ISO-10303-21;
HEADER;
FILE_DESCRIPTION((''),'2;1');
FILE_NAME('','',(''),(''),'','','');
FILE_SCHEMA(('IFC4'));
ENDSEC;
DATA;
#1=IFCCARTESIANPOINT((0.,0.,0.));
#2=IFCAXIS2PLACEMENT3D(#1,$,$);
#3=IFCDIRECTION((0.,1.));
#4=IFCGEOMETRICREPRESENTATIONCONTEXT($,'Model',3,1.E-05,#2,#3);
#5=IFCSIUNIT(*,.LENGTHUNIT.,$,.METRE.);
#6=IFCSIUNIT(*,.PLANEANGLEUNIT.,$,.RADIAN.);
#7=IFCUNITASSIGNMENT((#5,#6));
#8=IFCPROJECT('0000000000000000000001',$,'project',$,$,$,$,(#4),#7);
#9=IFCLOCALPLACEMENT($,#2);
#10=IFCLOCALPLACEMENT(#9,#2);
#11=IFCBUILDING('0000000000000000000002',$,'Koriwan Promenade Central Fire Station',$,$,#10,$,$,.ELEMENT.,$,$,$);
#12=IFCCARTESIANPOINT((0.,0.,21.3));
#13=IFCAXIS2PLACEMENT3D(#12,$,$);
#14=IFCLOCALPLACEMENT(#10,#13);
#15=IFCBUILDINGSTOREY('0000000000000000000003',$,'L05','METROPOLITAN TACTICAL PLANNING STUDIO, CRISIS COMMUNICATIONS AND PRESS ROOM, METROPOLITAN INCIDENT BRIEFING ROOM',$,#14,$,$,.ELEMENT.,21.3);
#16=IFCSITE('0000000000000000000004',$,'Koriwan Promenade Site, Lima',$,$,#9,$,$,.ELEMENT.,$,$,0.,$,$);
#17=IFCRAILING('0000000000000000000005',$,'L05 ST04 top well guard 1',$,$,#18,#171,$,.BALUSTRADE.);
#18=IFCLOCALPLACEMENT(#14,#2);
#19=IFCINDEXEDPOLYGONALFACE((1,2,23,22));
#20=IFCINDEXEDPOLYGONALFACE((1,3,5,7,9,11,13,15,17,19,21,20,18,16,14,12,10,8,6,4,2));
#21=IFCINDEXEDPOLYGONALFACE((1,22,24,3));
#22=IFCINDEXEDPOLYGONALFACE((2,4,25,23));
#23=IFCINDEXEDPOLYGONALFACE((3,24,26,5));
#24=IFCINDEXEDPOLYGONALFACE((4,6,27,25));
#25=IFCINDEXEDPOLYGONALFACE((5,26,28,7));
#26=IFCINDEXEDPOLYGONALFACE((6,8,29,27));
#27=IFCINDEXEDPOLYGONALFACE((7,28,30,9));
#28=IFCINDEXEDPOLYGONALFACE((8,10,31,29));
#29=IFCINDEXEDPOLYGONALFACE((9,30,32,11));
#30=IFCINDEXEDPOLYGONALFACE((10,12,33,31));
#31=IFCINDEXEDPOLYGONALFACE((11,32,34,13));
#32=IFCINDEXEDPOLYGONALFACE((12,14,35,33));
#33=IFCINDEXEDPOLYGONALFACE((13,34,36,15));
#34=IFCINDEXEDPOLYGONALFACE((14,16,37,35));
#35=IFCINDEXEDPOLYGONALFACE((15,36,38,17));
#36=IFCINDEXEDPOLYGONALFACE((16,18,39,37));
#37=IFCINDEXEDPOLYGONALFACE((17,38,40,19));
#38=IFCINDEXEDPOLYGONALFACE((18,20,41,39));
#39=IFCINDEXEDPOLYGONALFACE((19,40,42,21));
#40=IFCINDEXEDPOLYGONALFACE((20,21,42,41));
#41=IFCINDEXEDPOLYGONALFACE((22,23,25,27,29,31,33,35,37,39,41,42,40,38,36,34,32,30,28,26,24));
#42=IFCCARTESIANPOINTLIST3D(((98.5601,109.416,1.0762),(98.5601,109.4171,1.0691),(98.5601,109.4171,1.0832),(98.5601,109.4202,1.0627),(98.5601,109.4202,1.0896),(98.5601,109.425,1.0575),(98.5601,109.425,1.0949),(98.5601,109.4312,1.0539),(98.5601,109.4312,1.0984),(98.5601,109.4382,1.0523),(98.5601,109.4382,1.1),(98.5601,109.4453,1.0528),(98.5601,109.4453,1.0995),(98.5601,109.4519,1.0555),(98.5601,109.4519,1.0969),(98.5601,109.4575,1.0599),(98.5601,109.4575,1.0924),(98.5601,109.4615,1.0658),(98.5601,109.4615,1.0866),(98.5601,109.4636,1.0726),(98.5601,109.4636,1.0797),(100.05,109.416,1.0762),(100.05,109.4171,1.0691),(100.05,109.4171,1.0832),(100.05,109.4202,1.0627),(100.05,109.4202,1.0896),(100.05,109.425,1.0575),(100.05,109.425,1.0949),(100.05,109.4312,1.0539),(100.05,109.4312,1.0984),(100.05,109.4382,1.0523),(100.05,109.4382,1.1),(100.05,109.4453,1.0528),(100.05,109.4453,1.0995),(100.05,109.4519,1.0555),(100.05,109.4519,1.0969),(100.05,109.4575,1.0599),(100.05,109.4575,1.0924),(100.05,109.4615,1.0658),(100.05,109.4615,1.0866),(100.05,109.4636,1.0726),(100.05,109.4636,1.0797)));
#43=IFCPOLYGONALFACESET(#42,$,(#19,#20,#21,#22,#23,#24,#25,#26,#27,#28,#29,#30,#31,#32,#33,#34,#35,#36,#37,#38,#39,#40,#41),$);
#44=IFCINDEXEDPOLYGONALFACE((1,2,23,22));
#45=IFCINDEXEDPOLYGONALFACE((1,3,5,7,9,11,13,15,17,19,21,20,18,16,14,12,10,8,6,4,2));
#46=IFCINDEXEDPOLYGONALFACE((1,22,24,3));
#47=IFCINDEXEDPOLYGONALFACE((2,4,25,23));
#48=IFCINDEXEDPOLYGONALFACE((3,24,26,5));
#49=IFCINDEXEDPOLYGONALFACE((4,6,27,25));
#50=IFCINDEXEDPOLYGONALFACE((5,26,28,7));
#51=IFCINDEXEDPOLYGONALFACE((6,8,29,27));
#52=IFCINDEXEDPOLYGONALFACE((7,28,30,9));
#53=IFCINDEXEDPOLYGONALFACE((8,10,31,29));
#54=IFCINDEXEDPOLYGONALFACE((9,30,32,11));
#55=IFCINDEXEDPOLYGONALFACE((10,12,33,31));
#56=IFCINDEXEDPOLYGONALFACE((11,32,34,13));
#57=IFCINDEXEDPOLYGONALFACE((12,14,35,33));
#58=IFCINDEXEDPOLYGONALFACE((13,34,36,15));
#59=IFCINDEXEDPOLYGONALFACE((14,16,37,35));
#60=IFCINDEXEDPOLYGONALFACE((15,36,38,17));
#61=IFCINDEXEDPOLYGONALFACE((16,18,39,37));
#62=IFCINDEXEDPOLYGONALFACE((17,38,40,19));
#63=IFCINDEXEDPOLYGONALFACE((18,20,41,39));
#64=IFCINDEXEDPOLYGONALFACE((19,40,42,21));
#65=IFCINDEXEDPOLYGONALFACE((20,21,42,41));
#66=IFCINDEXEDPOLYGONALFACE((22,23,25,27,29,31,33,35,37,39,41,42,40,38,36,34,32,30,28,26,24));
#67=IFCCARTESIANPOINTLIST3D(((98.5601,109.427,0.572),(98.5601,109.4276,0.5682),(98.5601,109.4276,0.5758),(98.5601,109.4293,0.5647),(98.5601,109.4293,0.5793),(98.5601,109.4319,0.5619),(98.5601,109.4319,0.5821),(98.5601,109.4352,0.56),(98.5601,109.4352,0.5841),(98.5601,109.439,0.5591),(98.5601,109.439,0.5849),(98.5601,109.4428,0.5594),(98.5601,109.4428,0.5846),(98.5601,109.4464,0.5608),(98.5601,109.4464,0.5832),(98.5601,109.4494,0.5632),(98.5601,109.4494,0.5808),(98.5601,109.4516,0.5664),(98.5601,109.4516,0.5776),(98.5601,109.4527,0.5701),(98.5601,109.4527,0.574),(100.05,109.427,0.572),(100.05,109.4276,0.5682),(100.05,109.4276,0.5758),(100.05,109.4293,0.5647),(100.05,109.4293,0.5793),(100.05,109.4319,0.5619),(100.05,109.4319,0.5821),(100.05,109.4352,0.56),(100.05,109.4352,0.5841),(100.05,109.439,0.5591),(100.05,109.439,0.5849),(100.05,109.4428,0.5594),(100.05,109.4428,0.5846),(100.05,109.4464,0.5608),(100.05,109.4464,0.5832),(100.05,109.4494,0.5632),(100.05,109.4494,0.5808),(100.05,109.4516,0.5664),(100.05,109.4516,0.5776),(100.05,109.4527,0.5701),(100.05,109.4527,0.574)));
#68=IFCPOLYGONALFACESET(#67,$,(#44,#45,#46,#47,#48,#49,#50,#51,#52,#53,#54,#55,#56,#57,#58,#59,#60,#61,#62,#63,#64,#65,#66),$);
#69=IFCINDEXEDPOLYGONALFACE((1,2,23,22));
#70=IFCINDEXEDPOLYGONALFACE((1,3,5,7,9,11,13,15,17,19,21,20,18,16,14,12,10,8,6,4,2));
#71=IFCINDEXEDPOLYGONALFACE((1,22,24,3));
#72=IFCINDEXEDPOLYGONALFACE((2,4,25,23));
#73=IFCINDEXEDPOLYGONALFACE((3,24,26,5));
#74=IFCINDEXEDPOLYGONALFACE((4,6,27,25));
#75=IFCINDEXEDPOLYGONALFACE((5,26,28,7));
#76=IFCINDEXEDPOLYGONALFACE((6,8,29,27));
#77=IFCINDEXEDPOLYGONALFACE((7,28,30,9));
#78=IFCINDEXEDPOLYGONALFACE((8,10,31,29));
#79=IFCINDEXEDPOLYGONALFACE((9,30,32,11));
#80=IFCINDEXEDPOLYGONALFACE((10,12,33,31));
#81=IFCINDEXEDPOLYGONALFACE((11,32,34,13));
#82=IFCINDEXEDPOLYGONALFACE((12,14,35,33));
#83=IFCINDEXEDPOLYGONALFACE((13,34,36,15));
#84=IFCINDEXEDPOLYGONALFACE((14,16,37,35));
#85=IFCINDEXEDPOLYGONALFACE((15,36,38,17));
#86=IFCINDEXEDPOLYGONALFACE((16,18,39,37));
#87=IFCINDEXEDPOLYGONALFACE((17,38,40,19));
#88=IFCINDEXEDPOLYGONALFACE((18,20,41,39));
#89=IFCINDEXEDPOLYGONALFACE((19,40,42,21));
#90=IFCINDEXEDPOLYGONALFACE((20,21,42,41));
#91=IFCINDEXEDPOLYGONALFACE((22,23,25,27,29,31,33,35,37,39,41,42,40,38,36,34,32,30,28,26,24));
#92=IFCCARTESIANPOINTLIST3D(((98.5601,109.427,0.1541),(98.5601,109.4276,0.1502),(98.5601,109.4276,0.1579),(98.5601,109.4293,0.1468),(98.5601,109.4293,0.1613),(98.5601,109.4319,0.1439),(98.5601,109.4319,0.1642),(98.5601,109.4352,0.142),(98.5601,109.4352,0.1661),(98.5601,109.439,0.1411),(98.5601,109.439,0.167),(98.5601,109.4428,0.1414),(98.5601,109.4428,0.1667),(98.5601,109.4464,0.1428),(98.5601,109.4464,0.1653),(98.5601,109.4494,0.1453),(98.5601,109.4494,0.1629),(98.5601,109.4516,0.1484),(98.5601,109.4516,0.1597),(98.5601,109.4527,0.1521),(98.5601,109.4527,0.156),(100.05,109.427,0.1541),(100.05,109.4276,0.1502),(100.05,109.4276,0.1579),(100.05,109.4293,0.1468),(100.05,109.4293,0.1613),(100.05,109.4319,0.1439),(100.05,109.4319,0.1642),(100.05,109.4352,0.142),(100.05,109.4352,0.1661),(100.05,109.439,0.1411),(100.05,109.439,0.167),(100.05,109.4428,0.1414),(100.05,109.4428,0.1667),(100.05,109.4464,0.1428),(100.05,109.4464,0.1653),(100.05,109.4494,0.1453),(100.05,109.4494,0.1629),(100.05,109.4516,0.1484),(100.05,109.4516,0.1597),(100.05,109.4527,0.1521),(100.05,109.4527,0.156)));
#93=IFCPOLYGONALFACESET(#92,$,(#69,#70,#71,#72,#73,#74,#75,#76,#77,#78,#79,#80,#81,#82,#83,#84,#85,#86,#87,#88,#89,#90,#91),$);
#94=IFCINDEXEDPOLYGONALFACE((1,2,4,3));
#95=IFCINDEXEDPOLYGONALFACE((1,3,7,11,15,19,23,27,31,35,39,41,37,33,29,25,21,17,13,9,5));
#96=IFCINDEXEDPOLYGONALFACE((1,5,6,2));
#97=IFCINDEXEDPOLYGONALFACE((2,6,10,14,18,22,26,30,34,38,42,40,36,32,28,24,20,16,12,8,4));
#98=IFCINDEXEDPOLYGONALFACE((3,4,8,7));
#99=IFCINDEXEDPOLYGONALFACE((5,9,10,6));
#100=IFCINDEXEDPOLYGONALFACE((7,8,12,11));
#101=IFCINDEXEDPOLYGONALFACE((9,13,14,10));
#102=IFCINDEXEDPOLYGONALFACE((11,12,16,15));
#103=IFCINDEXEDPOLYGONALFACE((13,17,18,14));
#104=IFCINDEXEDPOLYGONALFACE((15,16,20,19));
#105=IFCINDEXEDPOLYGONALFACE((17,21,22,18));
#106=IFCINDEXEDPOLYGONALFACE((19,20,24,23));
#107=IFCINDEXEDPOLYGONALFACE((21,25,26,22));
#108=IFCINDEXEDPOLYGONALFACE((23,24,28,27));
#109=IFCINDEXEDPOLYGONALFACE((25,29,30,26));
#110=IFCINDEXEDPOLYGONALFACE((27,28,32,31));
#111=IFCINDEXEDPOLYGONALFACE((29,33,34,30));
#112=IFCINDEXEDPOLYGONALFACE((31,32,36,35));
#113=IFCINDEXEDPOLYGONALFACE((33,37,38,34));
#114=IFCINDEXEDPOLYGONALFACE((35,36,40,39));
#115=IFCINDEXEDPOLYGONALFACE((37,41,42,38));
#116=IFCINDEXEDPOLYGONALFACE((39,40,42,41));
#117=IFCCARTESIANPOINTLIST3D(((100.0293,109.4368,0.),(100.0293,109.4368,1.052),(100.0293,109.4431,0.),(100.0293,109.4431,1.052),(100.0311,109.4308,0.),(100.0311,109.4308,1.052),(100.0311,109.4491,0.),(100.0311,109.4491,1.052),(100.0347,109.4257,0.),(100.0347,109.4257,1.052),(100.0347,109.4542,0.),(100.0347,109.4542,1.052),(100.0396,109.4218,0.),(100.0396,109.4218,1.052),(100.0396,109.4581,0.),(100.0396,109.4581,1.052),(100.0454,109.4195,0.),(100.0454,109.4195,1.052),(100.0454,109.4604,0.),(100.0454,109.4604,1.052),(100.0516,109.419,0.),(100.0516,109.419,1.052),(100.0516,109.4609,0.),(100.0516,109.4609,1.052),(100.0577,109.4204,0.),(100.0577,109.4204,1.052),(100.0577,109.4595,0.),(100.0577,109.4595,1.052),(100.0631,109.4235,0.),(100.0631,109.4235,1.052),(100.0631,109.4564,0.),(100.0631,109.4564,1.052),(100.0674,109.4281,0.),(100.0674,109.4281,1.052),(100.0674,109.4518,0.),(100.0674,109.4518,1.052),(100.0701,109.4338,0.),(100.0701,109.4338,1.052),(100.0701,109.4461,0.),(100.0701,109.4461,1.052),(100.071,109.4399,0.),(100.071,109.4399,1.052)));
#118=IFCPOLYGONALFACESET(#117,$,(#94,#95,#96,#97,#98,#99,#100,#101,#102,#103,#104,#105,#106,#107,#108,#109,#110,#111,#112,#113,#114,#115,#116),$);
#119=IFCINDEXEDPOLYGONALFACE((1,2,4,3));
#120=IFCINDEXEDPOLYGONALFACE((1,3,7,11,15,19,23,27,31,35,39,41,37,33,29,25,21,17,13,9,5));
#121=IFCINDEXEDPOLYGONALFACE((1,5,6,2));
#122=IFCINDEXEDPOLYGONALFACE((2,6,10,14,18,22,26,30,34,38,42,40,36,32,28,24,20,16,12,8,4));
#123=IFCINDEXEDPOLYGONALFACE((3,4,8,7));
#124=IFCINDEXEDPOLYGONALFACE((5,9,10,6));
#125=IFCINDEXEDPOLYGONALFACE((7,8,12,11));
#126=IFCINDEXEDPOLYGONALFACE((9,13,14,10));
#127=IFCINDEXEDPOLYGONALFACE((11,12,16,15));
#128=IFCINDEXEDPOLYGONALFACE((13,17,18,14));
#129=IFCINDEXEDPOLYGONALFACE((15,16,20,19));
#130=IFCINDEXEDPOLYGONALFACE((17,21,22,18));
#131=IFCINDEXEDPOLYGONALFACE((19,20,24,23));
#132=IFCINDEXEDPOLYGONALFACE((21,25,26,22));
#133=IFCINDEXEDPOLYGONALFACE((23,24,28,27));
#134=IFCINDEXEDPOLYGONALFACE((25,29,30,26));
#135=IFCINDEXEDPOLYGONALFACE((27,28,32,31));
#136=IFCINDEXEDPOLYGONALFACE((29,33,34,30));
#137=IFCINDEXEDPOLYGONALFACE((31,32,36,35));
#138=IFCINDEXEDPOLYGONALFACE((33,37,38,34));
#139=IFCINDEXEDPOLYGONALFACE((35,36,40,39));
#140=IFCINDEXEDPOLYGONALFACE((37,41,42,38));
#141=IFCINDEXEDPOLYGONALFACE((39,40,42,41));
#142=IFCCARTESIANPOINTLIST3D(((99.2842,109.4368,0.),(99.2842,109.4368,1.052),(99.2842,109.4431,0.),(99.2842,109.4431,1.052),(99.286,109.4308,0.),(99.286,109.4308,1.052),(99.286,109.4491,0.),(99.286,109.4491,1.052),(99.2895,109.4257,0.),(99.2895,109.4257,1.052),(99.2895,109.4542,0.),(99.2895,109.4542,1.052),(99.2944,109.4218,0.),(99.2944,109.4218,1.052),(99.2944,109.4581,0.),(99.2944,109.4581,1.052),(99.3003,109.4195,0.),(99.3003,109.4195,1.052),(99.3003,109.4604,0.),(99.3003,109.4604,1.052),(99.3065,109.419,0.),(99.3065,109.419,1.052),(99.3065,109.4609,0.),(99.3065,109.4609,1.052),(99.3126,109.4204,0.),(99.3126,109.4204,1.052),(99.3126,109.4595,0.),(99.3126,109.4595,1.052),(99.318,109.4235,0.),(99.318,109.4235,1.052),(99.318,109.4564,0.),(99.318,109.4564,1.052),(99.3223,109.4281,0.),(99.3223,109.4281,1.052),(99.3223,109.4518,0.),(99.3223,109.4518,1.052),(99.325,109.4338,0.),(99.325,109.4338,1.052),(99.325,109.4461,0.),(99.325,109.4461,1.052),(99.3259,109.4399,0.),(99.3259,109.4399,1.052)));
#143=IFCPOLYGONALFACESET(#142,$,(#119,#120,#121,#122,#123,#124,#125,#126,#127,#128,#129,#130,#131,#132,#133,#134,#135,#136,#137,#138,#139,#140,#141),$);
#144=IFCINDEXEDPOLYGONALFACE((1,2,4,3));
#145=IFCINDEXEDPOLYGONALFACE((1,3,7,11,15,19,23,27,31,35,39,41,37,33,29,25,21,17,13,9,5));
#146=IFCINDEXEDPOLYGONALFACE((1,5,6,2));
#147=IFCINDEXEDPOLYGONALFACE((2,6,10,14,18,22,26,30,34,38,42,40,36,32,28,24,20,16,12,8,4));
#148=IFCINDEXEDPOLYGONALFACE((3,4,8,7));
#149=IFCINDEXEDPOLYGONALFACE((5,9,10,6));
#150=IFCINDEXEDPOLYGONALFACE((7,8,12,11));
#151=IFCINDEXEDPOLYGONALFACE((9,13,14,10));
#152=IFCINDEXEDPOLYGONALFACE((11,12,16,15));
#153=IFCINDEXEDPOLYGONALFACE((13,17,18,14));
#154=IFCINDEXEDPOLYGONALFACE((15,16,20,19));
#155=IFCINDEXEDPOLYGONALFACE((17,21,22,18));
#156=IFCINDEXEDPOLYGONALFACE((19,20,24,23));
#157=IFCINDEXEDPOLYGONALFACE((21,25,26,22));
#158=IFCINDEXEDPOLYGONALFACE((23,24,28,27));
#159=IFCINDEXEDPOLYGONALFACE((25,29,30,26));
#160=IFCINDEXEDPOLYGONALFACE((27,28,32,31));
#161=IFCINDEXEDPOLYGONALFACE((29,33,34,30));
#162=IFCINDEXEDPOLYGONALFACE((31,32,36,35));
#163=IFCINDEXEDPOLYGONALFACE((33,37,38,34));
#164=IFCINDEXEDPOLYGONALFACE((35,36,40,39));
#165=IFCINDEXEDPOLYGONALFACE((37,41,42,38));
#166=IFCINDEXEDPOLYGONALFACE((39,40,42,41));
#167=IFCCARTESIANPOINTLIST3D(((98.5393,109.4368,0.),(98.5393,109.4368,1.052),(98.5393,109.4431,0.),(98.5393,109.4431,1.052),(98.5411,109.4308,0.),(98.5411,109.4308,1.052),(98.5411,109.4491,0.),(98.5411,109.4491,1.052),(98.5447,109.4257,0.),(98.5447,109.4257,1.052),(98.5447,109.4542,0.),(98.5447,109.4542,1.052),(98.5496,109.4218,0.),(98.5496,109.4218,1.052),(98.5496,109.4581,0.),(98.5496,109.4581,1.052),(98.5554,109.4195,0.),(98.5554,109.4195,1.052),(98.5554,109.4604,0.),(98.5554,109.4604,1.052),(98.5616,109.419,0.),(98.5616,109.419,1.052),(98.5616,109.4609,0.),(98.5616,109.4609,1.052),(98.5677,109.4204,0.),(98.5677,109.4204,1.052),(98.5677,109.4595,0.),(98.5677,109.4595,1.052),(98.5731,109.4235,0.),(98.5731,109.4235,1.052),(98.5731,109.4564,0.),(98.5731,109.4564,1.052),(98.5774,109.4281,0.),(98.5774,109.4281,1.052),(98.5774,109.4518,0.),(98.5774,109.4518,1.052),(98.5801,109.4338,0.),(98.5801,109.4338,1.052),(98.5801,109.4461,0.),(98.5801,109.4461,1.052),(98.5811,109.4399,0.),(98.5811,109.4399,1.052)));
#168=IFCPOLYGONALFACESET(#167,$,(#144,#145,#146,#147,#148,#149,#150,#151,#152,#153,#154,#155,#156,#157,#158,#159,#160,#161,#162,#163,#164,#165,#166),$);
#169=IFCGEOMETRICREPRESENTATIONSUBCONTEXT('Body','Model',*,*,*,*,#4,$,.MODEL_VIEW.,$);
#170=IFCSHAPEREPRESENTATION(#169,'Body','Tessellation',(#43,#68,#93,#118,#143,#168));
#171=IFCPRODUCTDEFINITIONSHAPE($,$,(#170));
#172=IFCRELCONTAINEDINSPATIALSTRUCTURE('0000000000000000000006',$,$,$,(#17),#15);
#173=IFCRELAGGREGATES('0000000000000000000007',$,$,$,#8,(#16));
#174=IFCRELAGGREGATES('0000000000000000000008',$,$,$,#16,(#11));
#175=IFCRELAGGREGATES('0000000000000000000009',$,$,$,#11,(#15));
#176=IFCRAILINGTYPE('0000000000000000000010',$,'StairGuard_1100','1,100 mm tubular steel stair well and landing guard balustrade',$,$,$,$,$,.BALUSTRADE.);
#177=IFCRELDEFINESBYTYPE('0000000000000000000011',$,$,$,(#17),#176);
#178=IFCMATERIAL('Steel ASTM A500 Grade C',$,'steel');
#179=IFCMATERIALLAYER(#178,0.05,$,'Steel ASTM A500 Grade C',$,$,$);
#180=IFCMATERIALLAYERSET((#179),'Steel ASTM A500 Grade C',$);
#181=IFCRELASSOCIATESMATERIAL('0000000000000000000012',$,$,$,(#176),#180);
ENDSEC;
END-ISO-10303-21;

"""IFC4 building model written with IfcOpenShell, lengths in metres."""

from ifc_helpers import new_model, si_unit, direction, frame, origin, origin_2d, place, context, subcontext, project, spatial, circle, extrude, material, layer, layer_set, type_object, element, save


model = new_model("IFC4")

# Units and contexts
model_context = context("Model", 3, precision=1e-05, world=origin(), true_north=direction((0.0, 1.0)))
body_context = subcontext(model_context, "Body", "Model", "MODEL_VIEW")
ifc_project = project(units=[si_unit("LENGTHUNIT", "METRE"), si_unit("PLANEANGLEUNIT", "RADIAN")], contexts=[model_context])

# Site, building, storey
site_placement = place(None, origin())
site = spatial("IfcSite", under=ifc_project, at=site_placement, Name="Koriwan Promenade Site, Lima", CompositionType="ELEMENT", RefElevation=0.0)
building_placement = place(site_placement, origin())
building = spatial("IfcBuilding", under=site, at=building_placement, Name="Koriwan Promenade Central Fire Station", CompositionType="ELEMENT")
storey_placement = place(building_placement, frame((0.0, 0.0, 21.3)))
storey = spatial("IfcBuildingStorey", under=building, at=storey_placement, Name="L05", Description="METROPOLITAN TACTICAL PLANNING STUDIO, CRISIS COMMUNICATIONS AND PRESS ROOM, METROPOLITAN INCIDENT BRIEFING ROOM", CompositionType="ELEMENT", Elevation=21.3)

# Railing
ifc_material_1 = material(Name="Steel ASTM A500 Grade C", Category="steel")
ifc_layer_1 = layer(ifc_material_1, 0.05, Name="Steel ASTM A500 Grade C")
ifc_layer_set_1 = layer_set([ifc_layer_1], Name="Steel ASTM A500 Grade C")
railing_type_1 = type_object("IfcRailingType", Name="StairGuard_1100", Description="1,100 mm tubular steel stair well and landing guard balustrade", PredefinedType="BALUSTRADE", material=ifc_layer_set_1)
railing_1_placement = place(storey_placement, frame((100.05, 109.4399, 0.0)))
element("IfcRailing", 1, at=railing_1_placement, inside=storey, type_object=railing_type_1, Name="L05 ST04 top well guard 1", PredefinedType="BALUSTRADE", context=body_context, shape_type="SweptSolid", body=[
    extrude(circle(Radius=0.0239, at=origin_2d()), frame((0.0, 0.0, 1.0762), z_axis=(-1.0, 0.0, 0.0), x_axis=(0.0, -1.0, 0.0)), (0.0, 0.0, 1.0), 1.49),
    extrude(circle(Radius=0.0129, at=origin_2d()), frame((0.0, 0.0, 0.572), z_axis=(-1.0, 0.0, 0.0), x_axis=(0.0, -1.0, 0.0)), (0.0, 0.0, 1.0), 1.49),
    extrude(circle(Radius=0.0129, at=origin_2d()), frame((0.0, 0.0, 0.1541), z_axis=(-1.0, 0.0, 0.0), x_axis=(0.0, -1.0, 0.0)), (0.0, 0.0, 1.0), 1.49),
    extrude(circle(Radius=0.021, at=origin_2d()), origin(), (0.0, 0.0, 1.0), 1.052),
    extrude(circle(Radius=0.021, at=origin_2d()), frame((-0.7451, 0.0, 0.0)), (0.0, 0.0, 1.0), 1.052),
    extrude(circle(Radius=0.021, at=origin_2d()), frame((-1.49, 0.0, 0.0)), (0.0, 0.0, 1.0), 1.052),
])

save(model, "model.ifc")
